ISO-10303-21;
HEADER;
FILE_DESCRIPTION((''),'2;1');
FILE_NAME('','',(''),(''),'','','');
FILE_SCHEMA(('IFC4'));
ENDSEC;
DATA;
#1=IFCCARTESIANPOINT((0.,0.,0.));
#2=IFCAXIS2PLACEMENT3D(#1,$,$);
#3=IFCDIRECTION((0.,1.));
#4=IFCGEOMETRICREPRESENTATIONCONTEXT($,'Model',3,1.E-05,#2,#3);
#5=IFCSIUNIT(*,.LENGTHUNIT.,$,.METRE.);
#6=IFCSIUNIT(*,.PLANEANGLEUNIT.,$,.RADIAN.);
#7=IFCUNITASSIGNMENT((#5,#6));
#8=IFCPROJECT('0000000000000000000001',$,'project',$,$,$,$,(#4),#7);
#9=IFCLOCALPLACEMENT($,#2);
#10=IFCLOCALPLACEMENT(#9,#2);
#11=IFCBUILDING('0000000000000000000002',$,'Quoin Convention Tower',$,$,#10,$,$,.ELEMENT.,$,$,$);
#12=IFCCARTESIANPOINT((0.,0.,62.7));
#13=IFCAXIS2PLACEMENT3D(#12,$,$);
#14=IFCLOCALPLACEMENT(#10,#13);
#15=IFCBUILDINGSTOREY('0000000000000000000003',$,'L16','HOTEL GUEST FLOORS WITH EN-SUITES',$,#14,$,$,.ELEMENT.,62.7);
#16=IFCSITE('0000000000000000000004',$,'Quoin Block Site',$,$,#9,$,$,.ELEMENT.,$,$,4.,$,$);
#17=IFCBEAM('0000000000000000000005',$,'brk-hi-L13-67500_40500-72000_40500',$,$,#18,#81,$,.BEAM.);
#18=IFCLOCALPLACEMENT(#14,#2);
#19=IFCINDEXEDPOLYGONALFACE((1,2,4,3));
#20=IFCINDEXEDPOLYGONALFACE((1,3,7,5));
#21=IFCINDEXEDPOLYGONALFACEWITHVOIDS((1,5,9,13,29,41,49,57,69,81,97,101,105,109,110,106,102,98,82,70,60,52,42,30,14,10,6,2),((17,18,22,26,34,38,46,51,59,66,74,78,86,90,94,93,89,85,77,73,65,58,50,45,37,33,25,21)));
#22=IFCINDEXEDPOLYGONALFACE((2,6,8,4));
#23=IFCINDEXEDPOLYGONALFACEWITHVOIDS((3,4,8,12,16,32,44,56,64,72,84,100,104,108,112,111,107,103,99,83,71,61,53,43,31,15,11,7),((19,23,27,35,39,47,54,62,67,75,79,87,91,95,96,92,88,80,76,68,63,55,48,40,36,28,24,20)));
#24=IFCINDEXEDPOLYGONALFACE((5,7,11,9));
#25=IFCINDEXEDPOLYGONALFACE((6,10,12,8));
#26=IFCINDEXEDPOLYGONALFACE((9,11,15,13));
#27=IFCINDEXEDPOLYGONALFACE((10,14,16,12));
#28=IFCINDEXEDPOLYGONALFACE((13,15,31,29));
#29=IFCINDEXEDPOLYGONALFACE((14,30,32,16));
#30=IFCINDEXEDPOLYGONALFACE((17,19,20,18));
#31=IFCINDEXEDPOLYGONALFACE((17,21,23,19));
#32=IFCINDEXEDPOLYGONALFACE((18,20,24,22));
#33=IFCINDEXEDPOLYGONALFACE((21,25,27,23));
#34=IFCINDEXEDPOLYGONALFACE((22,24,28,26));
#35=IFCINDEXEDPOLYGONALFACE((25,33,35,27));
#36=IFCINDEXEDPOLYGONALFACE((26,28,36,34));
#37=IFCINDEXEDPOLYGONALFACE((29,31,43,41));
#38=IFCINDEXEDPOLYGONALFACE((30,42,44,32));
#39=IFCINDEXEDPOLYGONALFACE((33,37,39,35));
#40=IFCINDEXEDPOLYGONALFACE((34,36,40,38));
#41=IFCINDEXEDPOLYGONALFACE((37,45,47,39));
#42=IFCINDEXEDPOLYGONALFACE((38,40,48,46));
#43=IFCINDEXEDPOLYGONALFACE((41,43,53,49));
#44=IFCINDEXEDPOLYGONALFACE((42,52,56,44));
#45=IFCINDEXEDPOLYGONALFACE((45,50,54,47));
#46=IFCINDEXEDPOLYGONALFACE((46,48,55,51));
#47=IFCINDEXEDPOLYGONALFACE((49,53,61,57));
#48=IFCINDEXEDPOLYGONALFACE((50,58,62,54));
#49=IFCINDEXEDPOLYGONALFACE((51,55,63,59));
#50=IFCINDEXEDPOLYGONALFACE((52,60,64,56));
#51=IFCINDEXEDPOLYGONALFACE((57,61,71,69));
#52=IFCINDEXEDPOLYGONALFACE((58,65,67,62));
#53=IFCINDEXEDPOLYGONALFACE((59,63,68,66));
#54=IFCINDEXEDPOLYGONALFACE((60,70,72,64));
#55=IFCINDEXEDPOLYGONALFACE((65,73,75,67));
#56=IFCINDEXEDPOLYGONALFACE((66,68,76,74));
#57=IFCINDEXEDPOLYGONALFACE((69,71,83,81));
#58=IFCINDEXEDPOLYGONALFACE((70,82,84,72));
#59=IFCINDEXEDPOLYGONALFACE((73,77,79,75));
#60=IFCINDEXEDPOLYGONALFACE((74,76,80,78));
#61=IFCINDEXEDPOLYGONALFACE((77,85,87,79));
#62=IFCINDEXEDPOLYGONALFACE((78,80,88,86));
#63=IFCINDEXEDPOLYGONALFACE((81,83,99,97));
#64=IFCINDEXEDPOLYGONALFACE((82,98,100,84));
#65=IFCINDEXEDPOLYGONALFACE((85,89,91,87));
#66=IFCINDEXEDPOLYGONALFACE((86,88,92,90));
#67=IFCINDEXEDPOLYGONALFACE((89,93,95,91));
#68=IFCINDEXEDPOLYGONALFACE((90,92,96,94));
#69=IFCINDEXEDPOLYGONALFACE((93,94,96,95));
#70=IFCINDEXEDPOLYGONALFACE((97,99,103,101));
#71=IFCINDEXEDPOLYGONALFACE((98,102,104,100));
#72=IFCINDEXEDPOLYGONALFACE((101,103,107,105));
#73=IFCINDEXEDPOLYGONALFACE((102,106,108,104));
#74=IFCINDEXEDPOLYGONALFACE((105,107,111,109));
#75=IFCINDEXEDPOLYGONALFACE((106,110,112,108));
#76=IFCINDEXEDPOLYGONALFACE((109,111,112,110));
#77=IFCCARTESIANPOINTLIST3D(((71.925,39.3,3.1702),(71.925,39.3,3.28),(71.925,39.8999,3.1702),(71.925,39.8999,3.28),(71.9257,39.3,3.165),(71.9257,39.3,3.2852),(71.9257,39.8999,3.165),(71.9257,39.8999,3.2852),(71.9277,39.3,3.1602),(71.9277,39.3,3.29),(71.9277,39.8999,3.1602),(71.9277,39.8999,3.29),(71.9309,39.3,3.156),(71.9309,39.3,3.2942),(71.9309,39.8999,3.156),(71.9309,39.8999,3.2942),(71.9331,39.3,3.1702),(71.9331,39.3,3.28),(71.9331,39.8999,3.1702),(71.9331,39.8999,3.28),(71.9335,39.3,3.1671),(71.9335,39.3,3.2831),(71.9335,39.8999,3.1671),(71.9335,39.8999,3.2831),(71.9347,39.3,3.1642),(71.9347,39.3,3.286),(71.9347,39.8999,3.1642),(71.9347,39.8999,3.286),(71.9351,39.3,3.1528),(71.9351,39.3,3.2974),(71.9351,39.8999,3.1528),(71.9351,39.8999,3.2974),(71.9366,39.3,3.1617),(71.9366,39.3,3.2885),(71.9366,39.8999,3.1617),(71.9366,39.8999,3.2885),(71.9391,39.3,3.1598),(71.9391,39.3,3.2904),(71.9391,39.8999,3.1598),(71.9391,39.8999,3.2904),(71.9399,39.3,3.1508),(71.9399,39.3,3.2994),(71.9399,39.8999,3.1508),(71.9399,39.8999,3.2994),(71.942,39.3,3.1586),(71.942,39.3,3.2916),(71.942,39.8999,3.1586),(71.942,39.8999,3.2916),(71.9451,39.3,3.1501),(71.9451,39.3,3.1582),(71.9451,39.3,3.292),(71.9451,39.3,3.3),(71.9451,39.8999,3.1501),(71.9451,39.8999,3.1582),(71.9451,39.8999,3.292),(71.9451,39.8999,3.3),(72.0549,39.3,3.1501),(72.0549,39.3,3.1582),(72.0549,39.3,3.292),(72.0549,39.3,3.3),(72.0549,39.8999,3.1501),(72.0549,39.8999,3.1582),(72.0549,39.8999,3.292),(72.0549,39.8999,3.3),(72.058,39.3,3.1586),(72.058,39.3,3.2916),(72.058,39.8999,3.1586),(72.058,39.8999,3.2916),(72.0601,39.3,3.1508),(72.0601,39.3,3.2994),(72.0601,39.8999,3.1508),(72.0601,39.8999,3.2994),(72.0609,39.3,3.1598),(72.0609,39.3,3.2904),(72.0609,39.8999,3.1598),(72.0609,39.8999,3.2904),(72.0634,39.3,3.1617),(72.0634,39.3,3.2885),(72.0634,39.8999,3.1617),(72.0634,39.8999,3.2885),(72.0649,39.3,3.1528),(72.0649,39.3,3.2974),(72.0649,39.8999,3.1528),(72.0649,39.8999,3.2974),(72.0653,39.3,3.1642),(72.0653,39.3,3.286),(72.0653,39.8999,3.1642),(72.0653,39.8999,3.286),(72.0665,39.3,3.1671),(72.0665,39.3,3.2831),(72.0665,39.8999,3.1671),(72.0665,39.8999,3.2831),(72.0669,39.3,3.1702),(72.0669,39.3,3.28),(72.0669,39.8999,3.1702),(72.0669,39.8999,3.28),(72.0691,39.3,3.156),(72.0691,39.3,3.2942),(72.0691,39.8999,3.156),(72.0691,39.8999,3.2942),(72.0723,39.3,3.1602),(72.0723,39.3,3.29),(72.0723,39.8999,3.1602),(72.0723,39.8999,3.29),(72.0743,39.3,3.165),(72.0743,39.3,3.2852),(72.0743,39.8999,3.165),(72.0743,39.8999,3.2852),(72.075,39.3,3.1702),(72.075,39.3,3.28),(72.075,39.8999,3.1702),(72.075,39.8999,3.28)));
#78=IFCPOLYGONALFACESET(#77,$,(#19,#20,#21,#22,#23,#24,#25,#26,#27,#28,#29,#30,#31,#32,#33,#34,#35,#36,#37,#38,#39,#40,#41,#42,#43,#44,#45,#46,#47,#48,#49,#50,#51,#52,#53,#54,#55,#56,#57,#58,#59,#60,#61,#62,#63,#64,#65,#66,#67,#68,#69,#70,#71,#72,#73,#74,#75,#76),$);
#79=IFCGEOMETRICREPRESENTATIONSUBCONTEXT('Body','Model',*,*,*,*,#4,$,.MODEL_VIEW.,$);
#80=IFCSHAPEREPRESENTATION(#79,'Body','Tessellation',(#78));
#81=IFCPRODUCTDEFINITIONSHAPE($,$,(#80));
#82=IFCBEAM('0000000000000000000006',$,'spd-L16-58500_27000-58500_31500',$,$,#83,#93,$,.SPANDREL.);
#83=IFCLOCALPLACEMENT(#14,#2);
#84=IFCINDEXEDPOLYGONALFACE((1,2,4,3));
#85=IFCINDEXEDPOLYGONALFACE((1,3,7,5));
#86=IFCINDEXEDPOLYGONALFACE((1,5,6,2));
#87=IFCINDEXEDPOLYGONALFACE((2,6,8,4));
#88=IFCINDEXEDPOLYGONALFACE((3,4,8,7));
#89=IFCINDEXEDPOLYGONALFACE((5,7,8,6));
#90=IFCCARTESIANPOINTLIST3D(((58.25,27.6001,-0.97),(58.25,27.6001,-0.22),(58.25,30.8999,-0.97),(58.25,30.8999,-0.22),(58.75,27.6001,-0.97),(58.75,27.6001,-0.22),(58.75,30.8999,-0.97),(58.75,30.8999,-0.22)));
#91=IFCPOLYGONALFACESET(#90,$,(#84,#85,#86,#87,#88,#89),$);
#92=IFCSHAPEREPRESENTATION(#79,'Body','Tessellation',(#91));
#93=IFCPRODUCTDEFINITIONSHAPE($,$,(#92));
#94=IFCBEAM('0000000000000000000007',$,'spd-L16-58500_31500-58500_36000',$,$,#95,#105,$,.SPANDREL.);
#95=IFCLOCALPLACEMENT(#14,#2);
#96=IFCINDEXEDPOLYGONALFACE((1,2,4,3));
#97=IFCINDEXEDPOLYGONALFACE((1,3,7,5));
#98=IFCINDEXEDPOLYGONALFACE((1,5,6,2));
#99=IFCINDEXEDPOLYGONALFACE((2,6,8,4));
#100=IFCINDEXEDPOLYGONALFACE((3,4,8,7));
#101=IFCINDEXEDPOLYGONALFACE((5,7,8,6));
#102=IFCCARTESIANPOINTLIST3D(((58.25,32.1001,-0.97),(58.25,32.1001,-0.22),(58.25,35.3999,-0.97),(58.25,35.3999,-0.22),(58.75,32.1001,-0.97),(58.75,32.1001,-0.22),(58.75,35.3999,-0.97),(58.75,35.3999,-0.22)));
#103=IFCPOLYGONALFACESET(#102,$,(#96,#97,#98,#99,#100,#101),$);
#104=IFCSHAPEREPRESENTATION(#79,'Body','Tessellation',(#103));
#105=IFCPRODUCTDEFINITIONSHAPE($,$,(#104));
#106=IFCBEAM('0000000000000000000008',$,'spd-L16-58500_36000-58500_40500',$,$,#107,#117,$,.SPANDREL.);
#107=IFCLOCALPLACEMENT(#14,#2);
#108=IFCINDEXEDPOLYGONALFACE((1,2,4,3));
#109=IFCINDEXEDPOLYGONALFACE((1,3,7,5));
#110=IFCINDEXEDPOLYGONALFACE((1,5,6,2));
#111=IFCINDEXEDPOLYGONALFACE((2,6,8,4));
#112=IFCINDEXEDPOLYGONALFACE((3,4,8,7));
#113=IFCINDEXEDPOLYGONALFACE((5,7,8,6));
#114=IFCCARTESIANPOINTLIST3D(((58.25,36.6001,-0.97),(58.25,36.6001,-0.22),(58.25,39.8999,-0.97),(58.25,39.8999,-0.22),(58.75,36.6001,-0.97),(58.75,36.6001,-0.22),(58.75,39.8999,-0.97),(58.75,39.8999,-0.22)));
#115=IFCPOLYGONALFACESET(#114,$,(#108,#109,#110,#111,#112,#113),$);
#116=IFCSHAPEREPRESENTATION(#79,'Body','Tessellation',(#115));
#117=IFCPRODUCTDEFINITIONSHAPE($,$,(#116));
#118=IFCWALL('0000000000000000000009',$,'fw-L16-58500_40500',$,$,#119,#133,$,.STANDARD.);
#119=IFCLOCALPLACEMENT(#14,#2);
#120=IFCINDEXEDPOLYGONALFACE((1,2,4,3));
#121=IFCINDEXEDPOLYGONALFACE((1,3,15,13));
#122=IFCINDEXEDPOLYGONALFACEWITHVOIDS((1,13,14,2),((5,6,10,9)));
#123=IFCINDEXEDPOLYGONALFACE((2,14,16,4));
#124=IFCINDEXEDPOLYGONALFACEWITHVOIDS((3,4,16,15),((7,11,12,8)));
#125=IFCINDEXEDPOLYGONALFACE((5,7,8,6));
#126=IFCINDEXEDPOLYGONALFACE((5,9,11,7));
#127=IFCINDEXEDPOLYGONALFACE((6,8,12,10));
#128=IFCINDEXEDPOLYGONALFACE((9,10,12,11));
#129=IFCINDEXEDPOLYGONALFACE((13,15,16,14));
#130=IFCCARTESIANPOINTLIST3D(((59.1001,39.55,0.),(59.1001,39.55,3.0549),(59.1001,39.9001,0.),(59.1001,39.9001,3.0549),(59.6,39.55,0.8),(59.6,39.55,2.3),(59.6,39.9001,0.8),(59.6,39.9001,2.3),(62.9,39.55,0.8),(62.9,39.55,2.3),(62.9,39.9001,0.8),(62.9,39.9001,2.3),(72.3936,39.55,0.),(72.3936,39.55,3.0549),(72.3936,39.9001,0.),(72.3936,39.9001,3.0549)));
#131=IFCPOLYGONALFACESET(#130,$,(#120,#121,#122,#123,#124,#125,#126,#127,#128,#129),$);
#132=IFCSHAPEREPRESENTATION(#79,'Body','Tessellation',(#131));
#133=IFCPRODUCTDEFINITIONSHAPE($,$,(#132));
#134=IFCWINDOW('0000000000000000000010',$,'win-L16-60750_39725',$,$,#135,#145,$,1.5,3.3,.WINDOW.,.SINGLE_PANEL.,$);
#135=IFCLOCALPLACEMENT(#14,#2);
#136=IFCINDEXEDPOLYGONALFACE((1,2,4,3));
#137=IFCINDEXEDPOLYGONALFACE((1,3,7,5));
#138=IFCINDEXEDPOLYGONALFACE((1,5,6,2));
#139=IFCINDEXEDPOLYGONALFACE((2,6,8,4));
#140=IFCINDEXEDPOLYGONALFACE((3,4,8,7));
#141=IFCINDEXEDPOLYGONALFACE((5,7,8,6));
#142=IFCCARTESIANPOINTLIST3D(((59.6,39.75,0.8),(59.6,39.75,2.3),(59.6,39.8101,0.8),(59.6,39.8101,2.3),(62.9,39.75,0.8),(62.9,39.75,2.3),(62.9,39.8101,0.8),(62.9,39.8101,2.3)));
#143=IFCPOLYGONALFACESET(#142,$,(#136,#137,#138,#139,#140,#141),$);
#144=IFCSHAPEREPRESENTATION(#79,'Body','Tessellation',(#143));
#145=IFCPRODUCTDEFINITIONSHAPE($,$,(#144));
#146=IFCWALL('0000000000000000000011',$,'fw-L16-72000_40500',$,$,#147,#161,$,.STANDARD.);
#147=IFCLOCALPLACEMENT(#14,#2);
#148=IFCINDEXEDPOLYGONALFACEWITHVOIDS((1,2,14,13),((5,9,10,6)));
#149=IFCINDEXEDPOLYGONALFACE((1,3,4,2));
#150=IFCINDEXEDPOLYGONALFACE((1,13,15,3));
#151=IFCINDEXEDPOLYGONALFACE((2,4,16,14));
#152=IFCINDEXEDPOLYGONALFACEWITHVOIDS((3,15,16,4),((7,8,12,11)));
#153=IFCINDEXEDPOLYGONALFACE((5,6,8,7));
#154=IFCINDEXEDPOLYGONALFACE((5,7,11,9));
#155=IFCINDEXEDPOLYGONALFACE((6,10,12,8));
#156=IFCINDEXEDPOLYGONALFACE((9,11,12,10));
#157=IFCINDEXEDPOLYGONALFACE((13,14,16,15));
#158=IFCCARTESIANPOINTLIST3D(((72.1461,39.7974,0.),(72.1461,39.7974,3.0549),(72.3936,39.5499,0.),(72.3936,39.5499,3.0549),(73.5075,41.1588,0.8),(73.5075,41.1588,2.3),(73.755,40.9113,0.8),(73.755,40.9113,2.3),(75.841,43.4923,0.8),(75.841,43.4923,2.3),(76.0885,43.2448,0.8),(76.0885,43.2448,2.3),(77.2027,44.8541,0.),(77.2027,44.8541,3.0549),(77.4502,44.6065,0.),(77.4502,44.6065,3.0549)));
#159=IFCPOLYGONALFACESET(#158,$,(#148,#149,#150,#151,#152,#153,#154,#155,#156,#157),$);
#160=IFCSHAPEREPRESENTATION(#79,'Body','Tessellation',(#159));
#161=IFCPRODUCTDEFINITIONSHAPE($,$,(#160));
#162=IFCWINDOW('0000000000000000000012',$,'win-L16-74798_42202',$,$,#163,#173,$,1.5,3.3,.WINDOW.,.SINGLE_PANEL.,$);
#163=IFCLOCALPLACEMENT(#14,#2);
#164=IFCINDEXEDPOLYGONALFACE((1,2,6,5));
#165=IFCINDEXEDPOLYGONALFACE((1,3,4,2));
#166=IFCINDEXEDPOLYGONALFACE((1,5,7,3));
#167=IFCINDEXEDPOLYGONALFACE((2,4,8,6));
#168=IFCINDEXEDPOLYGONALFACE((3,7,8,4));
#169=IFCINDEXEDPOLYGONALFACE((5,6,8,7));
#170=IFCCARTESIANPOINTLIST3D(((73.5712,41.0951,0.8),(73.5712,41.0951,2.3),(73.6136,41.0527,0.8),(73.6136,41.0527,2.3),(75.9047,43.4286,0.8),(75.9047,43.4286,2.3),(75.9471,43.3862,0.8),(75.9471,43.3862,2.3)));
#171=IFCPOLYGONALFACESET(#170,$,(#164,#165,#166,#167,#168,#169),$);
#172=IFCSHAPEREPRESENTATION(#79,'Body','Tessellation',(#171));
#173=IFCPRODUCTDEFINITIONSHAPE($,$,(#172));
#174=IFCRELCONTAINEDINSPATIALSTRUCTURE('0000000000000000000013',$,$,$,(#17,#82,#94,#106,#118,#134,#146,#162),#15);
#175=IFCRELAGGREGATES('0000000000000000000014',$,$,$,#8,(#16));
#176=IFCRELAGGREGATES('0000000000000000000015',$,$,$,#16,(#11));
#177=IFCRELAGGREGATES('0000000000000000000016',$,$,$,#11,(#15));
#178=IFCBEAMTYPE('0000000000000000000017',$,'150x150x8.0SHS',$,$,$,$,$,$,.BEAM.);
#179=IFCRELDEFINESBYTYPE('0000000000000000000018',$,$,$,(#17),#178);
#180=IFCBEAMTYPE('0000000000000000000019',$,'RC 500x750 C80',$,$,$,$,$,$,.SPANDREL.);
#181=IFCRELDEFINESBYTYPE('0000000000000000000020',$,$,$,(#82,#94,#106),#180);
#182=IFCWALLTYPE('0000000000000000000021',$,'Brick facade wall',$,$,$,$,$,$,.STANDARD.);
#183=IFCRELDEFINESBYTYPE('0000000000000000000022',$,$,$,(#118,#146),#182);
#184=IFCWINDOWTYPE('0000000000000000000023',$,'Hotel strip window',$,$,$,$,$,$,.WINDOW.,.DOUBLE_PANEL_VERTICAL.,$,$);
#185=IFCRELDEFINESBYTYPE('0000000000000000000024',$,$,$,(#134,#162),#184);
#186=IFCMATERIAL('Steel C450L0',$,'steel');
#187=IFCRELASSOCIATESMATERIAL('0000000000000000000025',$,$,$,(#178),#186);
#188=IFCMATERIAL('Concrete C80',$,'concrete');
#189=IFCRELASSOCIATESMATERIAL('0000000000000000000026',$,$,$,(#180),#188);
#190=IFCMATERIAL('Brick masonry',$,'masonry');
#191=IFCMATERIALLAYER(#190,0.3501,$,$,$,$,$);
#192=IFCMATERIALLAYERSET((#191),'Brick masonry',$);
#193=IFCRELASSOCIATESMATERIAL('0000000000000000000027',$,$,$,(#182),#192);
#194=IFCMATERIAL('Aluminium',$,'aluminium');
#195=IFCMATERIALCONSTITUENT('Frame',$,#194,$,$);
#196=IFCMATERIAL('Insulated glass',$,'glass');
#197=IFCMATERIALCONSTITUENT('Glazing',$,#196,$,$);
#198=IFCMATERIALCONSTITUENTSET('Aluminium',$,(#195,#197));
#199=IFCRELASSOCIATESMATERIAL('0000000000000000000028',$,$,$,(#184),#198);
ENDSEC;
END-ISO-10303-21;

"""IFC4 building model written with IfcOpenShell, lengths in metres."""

from ifc_helpers import new_model, si_unit, direction, frame, frame_2d, origin, origin_2d, place, context, subcontext, project, spatial, rectangle, hollow_rectangle, extrude, material, layer, layer_set, constituent, constituent_set, material_profile, profile_set, type_object, element, fill, save


model = new_model("IFC4")

# Units and contexts
model_context = context("Model", 3, precision=1e-05, world=origin(), true_north=direction((0.0, 1.0)))
body_context = subcontext(model_context, "Body", "Model", "MODEL_VIEW")
ifc_project = project(units=[si_unit("LENGTHUNIT", "METRE"), si_unit("PLANEANGLEUNIT", "RADIAN")], contexts=[model_context])

# Site, building, storey
site_placement = place(None, origin())
site = spatial("IfcSite", under=ifc_project, at=site_placement, Name="Quoin Block Site", CompositionType="ELEMENT", RefElevation=4.0)
building_placement = place(site_placement, origin())
building = spatial("IfcBuilding", under=site, at=building_placement, Name="Quoin Convention Tower", CompositionType="ELEMENT")
storey_placement = place(building_placement, frame((0.0, 0.0, 62.7)))
storey = spatial("IfcBuildingStorey", under=building, at=storey_placement, Name="L16", Description="HOTEL GUEST FLOORS WITH EN-SUITES", CompositionType="ELEMENT", Elevation=62.7)

# Shared definitions
ifc_material_1 = material(Name="Concrete C80", Category="concrete")

# Beams
ifc_material_2 = material(Name="Steel C450L0", Category="steel")
ifc_material_profile_1 = material_profile(ifc_material_2, hollow_rectangle(XDim=0.1499, YDim=0.1499, WallThickness=0.0081, InnerFilletRadius=0.012, OuterFilletRadius=0.02, at=origin_2d()), Name="150x150x8.0SHS")
ifc_profile_set_1 = profile_set([ifc_material_profile_1], Name="Steel C450L0")
beam_type_1 = type_object("IfcBeamType", Name="150x150x8.0SHS", PredefinedType="BEAM", material=ifc_profile_set_1)
for number, where, z_axis, x_axis, name in (
    (1, (72.0, 39.8999, 3.2251), (0.0, -1.0, 0.0), (1.0, 0.0, 0.0), "brk-hi-L13-67500_40500-72000_40500"),
):
    element("IfcBeam", number, at=place(storey_placement, frame(where, z_axis=z_axis, x_axis=x_axis)), inside=storey, type_object=beam_type_1, Name=name, PredefinedType="BEAM", context=body_context, shape_type="SweptSolid", body=[
        extrude(hollow_rectangle(XDim=0.1499, YDim=0.1499, WallThickness=0.0081, InnerFilletRadius=0.012, OuterFilletRadius=0.02, at=origin_2d()), origin(), (0.0, 0.0, 1.0), 0.5999),
    ])
ifc_material_profile_2 = material_profile(ifc_material_1, rectangle(XDim=0.5, YDim=0.75, at=origin_2d()), Name="RC 500x750")
ifc_profile_set_2 = profile_set([ifc_material_profile_2], Name="Concrete C80")
beam_type_2 = type_object("IfcBeamType", Name="RC 500x750 C80", PredefinedType="SPANDREL", material=ifc_profile_set_2)
for number, where, z_axis, x_axis, name in (
    (2, (58.5, 27.6001, -0.595), (0.0, 1.0, 0.0), (-1.0, 0.0, 0.0), "spd-L16-58500_27000-58500_31500"),
    (3, (58.5, 32.1001, -0.595), (0.0, 1.0, 0.0), (-1.0, 0.0, 0.0), "spd-L16-58500_31500-58500_36000"),
    (4, (58.5, 36.6001, -0.595), (0.0, 1.0, 0.0), (-1.0, 0.0, 0.0), "spd-L16-58500_36000-58500_40500"),
):
    element("IfcBeam", number, at=place(storey_placement, frame(where, z_axis=z_axis, x_axis=x_axis)), inside=storey, type_object=beam_type_2, Name=name, PredefinedType="SPANDREL", context=body_context, shape_type="SweptSolid", body=[
        extrude(rectangle(XDim=0.5, YDim=0.75, at=origin_2d()), origin(), (0.0, 0.0, 1.0), 3.2998),
    ])

# Walls, openings, windows
ifc_material_3 = material(Name="Brick masonry", Category="masonry")
ifc_layer_1 = layer(ifc_material_3, 0.3501)
ifc_layer_set_1 = layer_set([ifc_layer_1], Name="Brick masonry")
wall_type_1 = type_object("IfcWallType", Name="Brick facade wall", PredefinedType="STANDARD", material=ifc_layer_set_1)
wall_1_placement = place(storey_placement, frame((59.1001, 39.7251, 0.0), z_axis=(0.0, 0.0, 1.0), x_axis=(1.0, 0.0, 0.0)))
wall_1 = element("IfcWall", 5, at=wall_1_placement, inside=storey, type_object=wall_type_1, Name="fw-L16-58500_40500", PredefinedType="STANDARD", context=body_context, shape_type="SweptSolid", body=[
    extrude(rectangle(XDim=13.2935, YDim=0.3501, at=frame_2d((6.6467, 0.0))), origin(), (0.0, 0.0, 1.0), 3.0549),
])
opening_1_placement = place(wall_1_placement, frame((0.5, 0.0, 0.8)))
opening_1 = element("IfcOpeningElement", 6, at=opening_1_placement, cuts=wall_1, PredefinedType="OPENING", context=body_context, shape_type="SweptSolid", body=[
    extrude(rectangle(XDim=3.3, YDim=1.5, at=frame_2d((1.6499, 0.75))), frame((0.0, 0.1851, 0.0), z_axis=(0.0, -1.0, 0.0), x_axis=(1.0, 0.0, 0.0)), (0.0, 0.0, 1.0), 0.3701),
])
ifc_material_4 = material(Name="Aluminium", Category="aluminium")
ifc_constituent_1 = constituent(ifc_material_4, Name="Frame")
ifc_material_5 = material(Name="Insulated glass", Category="glass")
ifc_constituent_2 = constituent(ifc_material_5, Name="Glazing")
ifc_constituent_set = constituent_set(constituents=[ifc_constituent_1, ifc_constituent_2], Name="Aluminium")
window_type = type_object("IfcWindowType", Name="Hotel strip window", PartitioningType="DOUBLE_PANEL_VERTICAL", PredefinedType="WINDOW", material=ifc_constituent_set)
window_1_placement = place(opening_1_placement, origin())
window_1 = element("IfcWindow", 7, at=window_1_placement, inside=storey, type_object=window_type, Name="win-L16-60750_39725", OverallHeight=1.5, OverallWidth=3.3, PartitioningType="SINGLE_PANEL", PredefinedType="WINDOW", context=body_context, shape_type="SweptSolid", body=[
    extrude(rectangle(XDim=3.3, YDim=1.5, at=frame_2d((1.6499, 0.75))), frame((0.0, 0.085, 0.0), z_axis=(0.0, -1.0, 0.0), x_axis=(1.0, 0.0, 0.0)), (0.0, 0.0, 1.0), 0.0601),
])
fill(opening_1, window_1)
wall_2_placement = place(storey_placement, frame((72.2698, 39.6736, 0.0), z_axis=(0.0, 0.0, 1.0), x_axis=(0.707107, 0.707107, 0.0)))
wall_2 = element("IfcWall", 8, at=wall_2_placement, inside=storey, type_object=wall_type_1, Name="fw-L16-72000_40500", PredefinedType="STANDARD", context=body_context, shape_type="SweptSolid", body=[
    extrude(rectangle(XDim=7.1511, YDim=0.3501, at=frame_2d((3.5757, 0.0))), origin(), (0.0, 0.0, 1.0), 3.0549),
])
opening_2_placement = place(wall_2_placement, frame((1.9255, 0.0, 0.8)))
opening_2 = element("IfcOpeningElement", 9, at=opening_2_placement, cuts=wall_2, PredefinedType="OPENING", context=body_context, shape_type="SweptSolid", body=[
    extrude(rectangle(XDim=3.3, YDim=1.5, at=frame_2d((1.6499, 0.75))), frame((0.0, 0.1851, 0.0), z_axis=(0.0, -1.0, 0.0), x_axis=(1.0, 0.0, 0.0)), (0.0, 0.0, 1.0), 0.3701),
])
window_2_placement = place(opening_2_placement, origin())
window_2 = element("IfcWindow", 10, at=window_2_placement, inside=storey, type_object=window_type, Name="win-L16-74798_42202", OverallHeight=1.5, OverallWidth=3.3, PartitioningType="SINGLE_PANEL", PredefinedType="WINDOW", context=body_context, shape_type="SweptSolid", body=[
    extrude(rectangle(XDim=3.3, YDim=1.5, at=frame_2d((1.6499, 0.75))), frame((0.0, 0.085, 0.0), z_axis=(0.0, -1.0, 0.0), x_axis=(1.0, 0.0, 0.0)), (0.0, 0.0, 1.0), 0.0601),
])
fill(opening_2, window_2)

save(model, "model.ifc")
